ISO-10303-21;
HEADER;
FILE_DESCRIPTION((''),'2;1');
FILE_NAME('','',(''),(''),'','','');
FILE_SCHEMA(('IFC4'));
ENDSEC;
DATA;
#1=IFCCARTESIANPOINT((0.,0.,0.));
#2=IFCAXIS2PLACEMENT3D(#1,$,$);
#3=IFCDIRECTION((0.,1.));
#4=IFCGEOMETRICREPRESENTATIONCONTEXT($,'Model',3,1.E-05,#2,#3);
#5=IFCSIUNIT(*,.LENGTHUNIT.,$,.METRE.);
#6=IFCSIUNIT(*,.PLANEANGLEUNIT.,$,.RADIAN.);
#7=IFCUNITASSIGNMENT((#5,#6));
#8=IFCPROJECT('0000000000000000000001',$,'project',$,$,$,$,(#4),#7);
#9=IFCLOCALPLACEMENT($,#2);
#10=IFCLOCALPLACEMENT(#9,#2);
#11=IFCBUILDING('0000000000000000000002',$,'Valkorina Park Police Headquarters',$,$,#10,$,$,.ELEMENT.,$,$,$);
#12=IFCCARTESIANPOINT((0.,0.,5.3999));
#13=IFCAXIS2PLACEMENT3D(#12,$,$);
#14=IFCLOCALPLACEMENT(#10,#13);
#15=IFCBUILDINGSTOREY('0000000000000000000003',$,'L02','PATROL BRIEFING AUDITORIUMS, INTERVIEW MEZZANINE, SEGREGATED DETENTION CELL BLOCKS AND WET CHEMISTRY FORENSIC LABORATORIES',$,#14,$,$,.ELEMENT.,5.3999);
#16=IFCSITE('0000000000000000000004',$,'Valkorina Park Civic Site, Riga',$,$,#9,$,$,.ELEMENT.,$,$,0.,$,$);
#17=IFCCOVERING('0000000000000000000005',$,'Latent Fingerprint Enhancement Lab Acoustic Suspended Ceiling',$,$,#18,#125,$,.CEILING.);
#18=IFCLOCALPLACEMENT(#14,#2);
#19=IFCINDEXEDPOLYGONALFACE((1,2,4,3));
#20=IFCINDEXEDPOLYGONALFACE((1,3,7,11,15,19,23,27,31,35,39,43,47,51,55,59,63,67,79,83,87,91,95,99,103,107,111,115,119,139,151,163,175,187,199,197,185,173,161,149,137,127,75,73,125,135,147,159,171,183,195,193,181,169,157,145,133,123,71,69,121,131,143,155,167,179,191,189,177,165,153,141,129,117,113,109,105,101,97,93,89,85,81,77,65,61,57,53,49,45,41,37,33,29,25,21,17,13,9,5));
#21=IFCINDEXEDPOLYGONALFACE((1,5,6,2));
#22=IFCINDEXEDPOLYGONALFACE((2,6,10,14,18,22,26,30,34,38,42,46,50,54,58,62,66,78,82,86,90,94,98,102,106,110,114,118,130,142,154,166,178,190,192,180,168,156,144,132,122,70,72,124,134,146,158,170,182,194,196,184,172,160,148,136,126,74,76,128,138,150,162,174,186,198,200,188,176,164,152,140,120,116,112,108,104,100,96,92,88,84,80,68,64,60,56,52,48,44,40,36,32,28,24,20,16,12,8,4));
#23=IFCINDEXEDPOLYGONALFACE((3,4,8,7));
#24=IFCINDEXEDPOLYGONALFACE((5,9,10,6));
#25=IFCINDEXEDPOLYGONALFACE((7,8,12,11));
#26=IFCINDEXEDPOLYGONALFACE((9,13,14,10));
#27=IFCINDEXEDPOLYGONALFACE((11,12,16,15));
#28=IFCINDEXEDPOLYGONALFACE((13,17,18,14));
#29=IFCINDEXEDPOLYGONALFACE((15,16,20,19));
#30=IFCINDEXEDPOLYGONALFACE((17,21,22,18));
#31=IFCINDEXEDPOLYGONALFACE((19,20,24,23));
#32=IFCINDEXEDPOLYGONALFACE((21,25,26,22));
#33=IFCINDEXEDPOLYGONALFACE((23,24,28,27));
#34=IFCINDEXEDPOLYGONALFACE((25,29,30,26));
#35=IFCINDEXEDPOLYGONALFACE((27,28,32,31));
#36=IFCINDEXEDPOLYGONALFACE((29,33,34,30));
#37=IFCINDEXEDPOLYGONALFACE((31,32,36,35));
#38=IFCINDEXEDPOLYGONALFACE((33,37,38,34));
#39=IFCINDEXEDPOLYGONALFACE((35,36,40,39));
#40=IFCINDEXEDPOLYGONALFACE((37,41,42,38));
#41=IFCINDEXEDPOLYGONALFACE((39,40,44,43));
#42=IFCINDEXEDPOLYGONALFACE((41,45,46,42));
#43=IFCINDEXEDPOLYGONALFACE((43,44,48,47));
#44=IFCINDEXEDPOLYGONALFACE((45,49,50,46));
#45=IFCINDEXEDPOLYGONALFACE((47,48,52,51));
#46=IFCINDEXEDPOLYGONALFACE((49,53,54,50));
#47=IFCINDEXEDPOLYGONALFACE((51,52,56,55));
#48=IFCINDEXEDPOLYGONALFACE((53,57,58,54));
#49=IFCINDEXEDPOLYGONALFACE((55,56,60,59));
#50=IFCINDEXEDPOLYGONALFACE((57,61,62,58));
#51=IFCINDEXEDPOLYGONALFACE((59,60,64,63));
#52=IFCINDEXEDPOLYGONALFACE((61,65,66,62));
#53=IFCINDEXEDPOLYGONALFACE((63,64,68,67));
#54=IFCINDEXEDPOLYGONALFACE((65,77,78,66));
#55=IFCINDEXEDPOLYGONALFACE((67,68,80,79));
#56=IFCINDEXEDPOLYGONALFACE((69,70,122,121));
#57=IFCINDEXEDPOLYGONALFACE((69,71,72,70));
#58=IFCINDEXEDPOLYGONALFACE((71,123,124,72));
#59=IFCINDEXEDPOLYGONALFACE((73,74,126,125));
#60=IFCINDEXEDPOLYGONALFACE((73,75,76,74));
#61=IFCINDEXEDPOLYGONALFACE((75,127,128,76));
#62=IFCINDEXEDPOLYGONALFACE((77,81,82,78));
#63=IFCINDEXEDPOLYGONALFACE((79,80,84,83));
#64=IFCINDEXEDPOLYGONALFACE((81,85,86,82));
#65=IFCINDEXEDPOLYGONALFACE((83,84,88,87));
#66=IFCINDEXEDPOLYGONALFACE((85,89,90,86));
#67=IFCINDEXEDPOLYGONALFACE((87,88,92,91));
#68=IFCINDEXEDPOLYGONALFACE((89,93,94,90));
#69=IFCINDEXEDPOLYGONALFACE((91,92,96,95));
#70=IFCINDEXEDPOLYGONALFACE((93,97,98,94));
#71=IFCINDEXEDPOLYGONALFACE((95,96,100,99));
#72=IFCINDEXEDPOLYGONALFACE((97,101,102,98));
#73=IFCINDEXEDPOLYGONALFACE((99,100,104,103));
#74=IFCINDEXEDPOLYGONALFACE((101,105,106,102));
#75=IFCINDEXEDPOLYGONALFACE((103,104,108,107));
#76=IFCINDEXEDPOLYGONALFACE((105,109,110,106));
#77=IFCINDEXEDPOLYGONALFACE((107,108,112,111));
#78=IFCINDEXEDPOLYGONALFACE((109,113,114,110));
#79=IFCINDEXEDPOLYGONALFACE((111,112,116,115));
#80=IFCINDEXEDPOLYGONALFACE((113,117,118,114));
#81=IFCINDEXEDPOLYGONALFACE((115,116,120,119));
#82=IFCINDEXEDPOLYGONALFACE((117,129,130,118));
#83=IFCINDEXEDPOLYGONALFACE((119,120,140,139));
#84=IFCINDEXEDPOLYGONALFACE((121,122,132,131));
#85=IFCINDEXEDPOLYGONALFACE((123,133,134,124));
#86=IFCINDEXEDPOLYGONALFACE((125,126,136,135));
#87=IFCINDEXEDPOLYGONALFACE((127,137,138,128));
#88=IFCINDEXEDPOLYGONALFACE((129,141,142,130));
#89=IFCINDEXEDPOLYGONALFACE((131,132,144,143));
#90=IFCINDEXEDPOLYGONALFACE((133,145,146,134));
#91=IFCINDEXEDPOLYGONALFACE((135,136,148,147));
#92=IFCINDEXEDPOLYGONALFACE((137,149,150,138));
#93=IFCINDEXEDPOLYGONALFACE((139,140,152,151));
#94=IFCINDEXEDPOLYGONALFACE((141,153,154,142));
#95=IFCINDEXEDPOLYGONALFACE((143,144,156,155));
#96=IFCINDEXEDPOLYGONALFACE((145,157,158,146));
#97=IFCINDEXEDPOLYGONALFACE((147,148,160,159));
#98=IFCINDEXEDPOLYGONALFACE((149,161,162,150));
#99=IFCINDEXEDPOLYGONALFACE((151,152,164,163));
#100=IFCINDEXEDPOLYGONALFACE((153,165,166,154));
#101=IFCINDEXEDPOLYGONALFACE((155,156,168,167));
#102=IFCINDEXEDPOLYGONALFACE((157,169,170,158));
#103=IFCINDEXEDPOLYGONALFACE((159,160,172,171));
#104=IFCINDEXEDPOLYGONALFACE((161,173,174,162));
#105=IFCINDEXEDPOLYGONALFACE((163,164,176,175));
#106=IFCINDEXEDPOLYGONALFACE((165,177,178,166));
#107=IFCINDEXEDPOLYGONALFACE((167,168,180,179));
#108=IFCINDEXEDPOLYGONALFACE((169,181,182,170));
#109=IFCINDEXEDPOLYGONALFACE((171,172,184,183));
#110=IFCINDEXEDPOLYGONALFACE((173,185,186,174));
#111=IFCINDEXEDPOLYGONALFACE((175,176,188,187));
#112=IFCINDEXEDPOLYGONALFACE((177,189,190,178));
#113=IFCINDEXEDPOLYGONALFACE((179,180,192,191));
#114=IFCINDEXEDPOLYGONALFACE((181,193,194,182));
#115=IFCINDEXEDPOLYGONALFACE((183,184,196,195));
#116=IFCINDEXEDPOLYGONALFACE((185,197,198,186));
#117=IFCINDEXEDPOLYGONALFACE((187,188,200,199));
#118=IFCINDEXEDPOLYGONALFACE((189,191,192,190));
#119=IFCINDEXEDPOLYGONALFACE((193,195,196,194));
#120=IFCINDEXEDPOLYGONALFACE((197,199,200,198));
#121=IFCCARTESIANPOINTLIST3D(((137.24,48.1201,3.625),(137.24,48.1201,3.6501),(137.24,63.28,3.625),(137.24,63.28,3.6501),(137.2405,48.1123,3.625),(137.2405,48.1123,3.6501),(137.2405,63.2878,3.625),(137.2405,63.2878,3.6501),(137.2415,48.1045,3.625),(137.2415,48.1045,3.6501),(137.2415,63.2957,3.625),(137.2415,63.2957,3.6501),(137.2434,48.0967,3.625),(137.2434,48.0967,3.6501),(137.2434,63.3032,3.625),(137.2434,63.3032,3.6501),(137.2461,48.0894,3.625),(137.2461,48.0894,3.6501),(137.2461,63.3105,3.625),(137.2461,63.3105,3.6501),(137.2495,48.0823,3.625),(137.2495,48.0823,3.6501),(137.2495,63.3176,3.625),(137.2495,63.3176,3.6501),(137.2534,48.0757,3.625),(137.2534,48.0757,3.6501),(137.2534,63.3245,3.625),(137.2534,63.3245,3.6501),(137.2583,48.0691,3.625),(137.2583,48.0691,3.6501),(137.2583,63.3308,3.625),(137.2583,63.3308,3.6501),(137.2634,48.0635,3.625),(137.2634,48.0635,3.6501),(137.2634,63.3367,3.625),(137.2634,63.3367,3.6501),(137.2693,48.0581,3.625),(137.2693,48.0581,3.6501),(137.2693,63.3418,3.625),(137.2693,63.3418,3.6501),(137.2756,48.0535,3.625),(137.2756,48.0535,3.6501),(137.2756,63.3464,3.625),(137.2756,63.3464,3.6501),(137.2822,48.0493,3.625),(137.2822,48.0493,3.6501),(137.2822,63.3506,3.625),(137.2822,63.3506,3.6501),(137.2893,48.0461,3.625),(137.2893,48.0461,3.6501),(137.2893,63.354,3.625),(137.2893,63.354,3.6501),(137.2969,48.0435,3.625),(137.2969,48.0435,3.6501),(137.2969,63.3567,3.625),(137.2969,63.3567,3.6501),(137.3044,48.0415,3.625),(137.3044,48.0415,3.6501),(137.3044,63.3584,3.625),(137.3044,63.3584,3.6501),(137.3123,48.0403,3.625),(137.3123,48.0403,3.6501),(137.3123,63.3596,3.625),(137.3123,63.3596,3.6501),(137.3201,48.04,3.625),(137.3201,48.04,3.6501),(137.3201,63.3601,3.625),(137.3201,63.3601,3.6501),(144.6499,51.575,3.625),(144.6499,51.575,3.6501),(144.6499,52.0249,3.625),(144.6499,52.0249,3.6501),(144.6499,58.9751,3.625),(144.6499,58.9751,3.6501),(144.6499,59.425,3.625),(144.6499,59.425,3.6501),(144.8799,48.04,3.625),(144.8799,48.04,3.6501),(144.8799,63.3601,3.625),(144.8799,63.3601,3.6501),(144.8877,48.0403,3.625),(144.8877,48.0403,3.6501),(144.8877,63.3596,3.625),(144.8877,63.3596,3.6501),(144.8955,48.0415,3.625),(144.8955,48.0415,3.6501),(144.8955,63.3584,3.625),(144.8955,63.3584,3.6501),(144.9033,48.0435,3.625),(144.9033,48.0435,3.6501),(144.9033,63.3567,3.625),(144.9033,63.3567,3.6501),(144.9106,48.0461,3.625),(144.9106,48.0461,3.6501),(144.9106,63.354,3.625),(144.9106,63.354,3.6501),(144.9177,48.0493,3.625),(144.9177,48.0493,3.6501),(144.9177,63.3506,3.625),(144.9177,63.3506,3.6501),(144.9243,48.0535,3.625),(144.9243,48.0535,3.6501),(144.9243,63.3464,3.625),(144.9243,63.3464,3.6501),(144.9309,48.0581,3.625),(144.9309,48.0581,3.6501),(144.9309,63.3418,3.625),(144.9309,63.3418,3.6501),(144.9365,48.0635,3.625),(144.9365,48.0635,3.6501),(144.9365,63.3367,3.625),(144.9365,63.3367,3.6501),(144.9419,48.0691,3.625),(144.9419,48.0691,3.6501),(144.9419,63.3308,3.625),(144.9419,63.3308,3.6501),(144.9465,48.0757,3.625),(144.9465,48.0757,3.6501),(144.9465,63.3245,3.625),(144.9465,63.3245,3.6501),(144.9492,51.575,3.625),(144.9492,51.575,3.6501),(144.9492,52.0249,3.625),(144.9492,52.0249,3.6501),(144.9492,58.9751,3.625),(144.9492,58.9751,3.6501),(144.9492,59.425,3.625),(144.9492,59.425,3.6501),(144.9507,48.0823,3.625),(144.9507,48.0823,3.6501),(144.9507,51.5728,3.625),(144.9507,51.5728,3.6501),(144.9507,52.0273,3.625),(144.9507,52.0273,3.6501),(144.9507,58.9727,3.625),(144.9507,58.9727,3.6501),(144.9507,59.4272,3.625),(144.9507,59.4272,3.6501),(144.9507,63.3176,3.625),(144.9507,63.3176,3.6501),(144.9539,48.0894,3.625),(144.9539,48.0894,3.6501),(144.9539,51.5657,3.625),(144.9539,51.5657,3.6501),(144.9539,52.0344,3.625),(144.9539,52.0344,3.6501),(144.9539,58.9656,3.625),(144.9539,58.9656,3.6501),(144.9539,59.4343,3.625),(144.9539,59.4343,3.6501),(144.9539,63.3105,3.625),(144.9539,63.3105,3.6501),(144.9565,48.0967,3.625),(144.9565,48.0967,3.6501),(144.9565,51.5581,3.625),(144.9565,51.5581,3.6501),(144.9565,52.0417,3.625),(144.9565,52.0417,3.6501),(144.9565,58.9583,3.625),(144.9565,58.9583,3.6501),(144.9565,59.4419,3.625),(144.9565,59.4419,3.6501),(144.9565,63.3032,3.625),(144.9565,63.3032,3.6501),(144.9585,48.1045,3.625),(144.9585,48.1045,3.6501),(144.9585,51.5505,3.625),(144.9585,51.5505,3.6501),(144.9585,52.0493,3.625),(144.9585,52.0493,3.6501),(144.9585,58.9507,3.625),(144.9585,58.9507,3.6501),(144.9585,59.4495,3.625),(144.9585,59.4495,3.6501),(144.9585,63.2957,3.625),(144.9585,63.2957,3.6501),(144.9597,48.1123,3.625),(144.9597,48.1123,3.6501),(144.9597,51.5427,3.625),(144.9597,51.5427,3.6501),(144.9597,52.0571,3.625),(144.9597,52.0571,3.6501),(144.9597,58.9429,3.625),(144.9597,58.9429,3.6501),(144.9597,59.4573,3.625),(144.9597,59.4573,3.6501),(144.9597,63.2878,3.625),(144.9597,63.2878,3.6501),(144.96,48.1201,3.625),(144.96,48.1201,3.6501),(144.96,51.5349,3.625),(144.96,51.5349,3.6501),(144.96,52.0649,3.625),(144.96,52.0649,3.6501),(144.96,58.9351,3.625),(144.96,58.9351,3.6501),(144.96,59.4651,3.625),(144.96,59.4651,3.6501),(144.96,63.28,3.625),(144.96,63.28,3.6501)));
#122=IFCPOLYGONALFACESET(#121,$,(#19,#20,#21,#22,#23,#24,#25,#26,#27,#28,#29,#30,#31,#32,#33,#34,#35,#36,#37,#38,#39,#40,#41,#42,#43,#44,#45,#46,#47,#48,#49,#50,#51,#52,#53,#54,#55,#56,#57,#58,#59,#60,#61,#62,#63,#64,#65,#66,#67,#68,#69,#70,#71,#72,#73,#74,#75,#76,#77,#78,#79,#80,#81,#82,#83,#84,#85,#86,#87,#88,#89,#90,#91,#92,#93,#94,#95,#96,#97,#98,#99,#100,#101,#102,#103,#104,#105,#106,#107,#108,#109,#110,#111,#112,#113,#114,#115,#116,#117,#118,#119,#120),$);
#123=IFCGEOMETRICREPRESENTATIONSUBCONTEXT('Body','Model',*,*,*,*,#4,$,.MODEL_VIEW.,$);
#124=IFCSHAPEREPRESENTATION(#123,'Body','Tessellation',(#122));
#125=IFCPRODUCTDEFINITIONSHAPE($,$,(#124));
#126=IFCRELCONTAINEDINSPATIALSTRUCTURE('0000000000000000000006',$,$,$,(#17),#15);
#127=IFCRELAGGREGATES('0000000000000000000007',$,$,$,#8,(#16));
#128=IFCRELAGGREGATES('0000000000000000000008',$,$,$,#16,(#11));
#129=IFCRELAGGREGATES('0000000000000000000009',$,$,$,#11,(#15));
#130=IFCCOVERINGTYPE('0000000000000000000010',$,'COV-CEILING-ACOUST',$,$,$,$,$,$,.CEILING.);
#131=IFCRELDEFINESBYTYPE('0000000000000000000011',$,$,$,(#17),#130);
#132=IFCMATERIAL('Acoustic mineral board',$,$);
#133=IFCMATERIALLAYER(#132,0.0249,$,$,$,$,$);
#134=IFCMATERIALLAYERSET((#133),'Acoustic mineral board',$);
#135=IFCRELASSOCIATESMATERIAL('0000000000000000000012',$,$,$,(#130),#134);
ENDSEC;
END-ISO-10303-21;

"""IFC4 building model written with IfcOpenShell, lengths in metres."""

from ifc_helpers import new_model, si_unit, direction, frame, origin, place, context, subcontext, project, spatial, polyline, outline, extrude, material, layer, layer_set, type_object, element, save


model = new_model("IFC4")

# Units and contexts
model_context = context("Model", 3, precision=1e-05, world=origin(), true_north=direction((0.0, 1.0)))
body_context = subcontext(model_context, "Body", "Model", "MODEL_VIEW")
ifc_project = project(units=[si_unit("LENGTHUNIT", "METRE"), si_unit("PLANEANGLEUNIT", "RADIAN")], contexts=[model_context])

# Site, building, storey
site_placement = place(None, origin())
site = spatial("IfcSite", under=ifc_project, at=site_placement, Name="Valkorina Park Civic Site, Riga", CompositionType="ELEMENT", RefElevation=0.0)
building_placement = place(site_placement, origin())
building = spatial("IfcBuilding", under=site, at=building_placement, Name="Valkorina Park Police Headquarters", CompositionType="ELEMENT")
storey_placement = place(building_placement, frame((0.0, 0.0, 5.3999)))
storey = spatial("IfcBuildingStorey", under=building, at=storey_placement, Name="L02", Description="PATROL BRIEFING AUDITORIUMS, INTERVIEW MEZZANINE, SEGREGATED DETENTION CELL BLOCKS AND WET CHEMISTRY FORENSIC LABORATORIES", CompositionType="ELEMENT", Elevation=5.3999)

# Covering
ifc_material_1 = material(Name="Acoustic mineral board")
ifc_layer_1 = layer(ifc_material_1, 0.0249)
ifc_layer_set_1 = layer_set([ifc_layer_1], Name="Acoustic mineral board")
covering_type_1 = type_object("IfcCoveringType", Name="COV-CEILING-ACOUST", PredefinedType="CEILING", material=ifc_layer_set_1)
covering_1_placement = place(storey_placement, frame((0.0, 0.0, 3.625)))
element("IfcCovering", 1, at=covering_1_placement, inside=storey, type_object=covering_type_1, Name="Latent Fingerprint Enhancement Lab Acoustic Suspended Ceiling", PredefinedType="CEILING", context=body_context, shape_type="SweptSolid", body=[
    extrude(outline(polyline([(144.9585, 59.4495), (144.9597, 59.4573), (144.96, 59.4651), (144.96, 63.28), (144.9597, 63.2878), (144.9585, 63.2957), (144.9565, 63.3032), (144.9539, 63.3105), (144.9507, 63.3176), (144.9465, 63.3245), (144.9419, 63.3308), (144.9365, 63.3367), (144.9309, 63.3418), (144.9243, 63.3464), (144.9177, 63.3506), (144.9106, 63.354), (144.9033, 63.3567), (144.8955, 63.3584), (144.8877, 63.3596), (144.8799, 63.3601), (137.3201, 63.3601), (137.3123, 63.3596), (137.3044, 63.3584), (137.2969, 63.3567), (137.2893, 63.354), (137.2822, 63.3506), (137.2756, 63.3464), (137.2693, 63.3418), (137.2634, 63.3367), (137.2583, 63.3308), (137.2534, 63.3245), (137.2495, 63.3176), (137.2461, 63.3105), (137.2434, 63.3032), (137.2415, 63.2957), (137.2405, 63.2878), (137.24, 63.28), (137.24, 48.1201), (137.2405, 48.1123), (137.2415, 48.1045), (137.2434, 48.0967), (137.2461, 48.0894), (137.2495, 48.0823), (137.2534, 48.0757), (137.2583, 48.0691), (137.2634, 48.0635), (137.2693, 48.0581), (137.2756, 48.0535), (137.2822, 48.0493), (137.2893, 48.0461), (137.2969, 48.0435), (137.3044, 48.0415), (137.3123, 48.0403), (137.3201, 48.04), (144.8799, 48.04), (144.8877, 48.0403), (144.8955, 48.0415), (144.9033, 48.0435), (144.9106, 48.0461), (144.9177, 48.0493), (144.9243, 48.0535), (144.9309, 48.0581), (144.9365, 48.0635), (144.9419, 48.0691), (144.9465, 48.0757), (144.9507, 48.0823), (144.9539, 48.0894), (144.9565, 48.0967), (144.9585, 48.1045), (144.9597, 48.1123), (144.96, 48.1201), (144.96, 51.5349), (144.9597, 51.5427), (144.9585, 51.5505), (144.9565, 51.5581), (144.9539, 51.5657), (144.9507, 51.5728), (144.9492, 51.575), (144.6499, 51.575), (144.6499, 52.0249), (144.9492, 52.0249), (144.9507, 52.0273), (144.9539, 52.0344), (144.9565, 52.0417), (144.9585, 52.0493), (144.9597, 52.0571), (144.96, 52.0649), (144.96, 58.9351), (144.9597, 58.9429), (144.9585, 58.9507), (144.9565, 58.9583), (144.9539, 58.9656), (144.9507, 58.9727), (144.9492, 58.9751), (144.6499, 58.9751), (144.6499, 59.425), (144.9492, 59.425), (144.9507, 59.4272), (144.9539, 59.4343), (144.9565, 59.4419), (144.9585, 59.4495)])), origin(), (0.0, 0.0, 1.0), 0.0251),
])

save(model, "model.ifc")
